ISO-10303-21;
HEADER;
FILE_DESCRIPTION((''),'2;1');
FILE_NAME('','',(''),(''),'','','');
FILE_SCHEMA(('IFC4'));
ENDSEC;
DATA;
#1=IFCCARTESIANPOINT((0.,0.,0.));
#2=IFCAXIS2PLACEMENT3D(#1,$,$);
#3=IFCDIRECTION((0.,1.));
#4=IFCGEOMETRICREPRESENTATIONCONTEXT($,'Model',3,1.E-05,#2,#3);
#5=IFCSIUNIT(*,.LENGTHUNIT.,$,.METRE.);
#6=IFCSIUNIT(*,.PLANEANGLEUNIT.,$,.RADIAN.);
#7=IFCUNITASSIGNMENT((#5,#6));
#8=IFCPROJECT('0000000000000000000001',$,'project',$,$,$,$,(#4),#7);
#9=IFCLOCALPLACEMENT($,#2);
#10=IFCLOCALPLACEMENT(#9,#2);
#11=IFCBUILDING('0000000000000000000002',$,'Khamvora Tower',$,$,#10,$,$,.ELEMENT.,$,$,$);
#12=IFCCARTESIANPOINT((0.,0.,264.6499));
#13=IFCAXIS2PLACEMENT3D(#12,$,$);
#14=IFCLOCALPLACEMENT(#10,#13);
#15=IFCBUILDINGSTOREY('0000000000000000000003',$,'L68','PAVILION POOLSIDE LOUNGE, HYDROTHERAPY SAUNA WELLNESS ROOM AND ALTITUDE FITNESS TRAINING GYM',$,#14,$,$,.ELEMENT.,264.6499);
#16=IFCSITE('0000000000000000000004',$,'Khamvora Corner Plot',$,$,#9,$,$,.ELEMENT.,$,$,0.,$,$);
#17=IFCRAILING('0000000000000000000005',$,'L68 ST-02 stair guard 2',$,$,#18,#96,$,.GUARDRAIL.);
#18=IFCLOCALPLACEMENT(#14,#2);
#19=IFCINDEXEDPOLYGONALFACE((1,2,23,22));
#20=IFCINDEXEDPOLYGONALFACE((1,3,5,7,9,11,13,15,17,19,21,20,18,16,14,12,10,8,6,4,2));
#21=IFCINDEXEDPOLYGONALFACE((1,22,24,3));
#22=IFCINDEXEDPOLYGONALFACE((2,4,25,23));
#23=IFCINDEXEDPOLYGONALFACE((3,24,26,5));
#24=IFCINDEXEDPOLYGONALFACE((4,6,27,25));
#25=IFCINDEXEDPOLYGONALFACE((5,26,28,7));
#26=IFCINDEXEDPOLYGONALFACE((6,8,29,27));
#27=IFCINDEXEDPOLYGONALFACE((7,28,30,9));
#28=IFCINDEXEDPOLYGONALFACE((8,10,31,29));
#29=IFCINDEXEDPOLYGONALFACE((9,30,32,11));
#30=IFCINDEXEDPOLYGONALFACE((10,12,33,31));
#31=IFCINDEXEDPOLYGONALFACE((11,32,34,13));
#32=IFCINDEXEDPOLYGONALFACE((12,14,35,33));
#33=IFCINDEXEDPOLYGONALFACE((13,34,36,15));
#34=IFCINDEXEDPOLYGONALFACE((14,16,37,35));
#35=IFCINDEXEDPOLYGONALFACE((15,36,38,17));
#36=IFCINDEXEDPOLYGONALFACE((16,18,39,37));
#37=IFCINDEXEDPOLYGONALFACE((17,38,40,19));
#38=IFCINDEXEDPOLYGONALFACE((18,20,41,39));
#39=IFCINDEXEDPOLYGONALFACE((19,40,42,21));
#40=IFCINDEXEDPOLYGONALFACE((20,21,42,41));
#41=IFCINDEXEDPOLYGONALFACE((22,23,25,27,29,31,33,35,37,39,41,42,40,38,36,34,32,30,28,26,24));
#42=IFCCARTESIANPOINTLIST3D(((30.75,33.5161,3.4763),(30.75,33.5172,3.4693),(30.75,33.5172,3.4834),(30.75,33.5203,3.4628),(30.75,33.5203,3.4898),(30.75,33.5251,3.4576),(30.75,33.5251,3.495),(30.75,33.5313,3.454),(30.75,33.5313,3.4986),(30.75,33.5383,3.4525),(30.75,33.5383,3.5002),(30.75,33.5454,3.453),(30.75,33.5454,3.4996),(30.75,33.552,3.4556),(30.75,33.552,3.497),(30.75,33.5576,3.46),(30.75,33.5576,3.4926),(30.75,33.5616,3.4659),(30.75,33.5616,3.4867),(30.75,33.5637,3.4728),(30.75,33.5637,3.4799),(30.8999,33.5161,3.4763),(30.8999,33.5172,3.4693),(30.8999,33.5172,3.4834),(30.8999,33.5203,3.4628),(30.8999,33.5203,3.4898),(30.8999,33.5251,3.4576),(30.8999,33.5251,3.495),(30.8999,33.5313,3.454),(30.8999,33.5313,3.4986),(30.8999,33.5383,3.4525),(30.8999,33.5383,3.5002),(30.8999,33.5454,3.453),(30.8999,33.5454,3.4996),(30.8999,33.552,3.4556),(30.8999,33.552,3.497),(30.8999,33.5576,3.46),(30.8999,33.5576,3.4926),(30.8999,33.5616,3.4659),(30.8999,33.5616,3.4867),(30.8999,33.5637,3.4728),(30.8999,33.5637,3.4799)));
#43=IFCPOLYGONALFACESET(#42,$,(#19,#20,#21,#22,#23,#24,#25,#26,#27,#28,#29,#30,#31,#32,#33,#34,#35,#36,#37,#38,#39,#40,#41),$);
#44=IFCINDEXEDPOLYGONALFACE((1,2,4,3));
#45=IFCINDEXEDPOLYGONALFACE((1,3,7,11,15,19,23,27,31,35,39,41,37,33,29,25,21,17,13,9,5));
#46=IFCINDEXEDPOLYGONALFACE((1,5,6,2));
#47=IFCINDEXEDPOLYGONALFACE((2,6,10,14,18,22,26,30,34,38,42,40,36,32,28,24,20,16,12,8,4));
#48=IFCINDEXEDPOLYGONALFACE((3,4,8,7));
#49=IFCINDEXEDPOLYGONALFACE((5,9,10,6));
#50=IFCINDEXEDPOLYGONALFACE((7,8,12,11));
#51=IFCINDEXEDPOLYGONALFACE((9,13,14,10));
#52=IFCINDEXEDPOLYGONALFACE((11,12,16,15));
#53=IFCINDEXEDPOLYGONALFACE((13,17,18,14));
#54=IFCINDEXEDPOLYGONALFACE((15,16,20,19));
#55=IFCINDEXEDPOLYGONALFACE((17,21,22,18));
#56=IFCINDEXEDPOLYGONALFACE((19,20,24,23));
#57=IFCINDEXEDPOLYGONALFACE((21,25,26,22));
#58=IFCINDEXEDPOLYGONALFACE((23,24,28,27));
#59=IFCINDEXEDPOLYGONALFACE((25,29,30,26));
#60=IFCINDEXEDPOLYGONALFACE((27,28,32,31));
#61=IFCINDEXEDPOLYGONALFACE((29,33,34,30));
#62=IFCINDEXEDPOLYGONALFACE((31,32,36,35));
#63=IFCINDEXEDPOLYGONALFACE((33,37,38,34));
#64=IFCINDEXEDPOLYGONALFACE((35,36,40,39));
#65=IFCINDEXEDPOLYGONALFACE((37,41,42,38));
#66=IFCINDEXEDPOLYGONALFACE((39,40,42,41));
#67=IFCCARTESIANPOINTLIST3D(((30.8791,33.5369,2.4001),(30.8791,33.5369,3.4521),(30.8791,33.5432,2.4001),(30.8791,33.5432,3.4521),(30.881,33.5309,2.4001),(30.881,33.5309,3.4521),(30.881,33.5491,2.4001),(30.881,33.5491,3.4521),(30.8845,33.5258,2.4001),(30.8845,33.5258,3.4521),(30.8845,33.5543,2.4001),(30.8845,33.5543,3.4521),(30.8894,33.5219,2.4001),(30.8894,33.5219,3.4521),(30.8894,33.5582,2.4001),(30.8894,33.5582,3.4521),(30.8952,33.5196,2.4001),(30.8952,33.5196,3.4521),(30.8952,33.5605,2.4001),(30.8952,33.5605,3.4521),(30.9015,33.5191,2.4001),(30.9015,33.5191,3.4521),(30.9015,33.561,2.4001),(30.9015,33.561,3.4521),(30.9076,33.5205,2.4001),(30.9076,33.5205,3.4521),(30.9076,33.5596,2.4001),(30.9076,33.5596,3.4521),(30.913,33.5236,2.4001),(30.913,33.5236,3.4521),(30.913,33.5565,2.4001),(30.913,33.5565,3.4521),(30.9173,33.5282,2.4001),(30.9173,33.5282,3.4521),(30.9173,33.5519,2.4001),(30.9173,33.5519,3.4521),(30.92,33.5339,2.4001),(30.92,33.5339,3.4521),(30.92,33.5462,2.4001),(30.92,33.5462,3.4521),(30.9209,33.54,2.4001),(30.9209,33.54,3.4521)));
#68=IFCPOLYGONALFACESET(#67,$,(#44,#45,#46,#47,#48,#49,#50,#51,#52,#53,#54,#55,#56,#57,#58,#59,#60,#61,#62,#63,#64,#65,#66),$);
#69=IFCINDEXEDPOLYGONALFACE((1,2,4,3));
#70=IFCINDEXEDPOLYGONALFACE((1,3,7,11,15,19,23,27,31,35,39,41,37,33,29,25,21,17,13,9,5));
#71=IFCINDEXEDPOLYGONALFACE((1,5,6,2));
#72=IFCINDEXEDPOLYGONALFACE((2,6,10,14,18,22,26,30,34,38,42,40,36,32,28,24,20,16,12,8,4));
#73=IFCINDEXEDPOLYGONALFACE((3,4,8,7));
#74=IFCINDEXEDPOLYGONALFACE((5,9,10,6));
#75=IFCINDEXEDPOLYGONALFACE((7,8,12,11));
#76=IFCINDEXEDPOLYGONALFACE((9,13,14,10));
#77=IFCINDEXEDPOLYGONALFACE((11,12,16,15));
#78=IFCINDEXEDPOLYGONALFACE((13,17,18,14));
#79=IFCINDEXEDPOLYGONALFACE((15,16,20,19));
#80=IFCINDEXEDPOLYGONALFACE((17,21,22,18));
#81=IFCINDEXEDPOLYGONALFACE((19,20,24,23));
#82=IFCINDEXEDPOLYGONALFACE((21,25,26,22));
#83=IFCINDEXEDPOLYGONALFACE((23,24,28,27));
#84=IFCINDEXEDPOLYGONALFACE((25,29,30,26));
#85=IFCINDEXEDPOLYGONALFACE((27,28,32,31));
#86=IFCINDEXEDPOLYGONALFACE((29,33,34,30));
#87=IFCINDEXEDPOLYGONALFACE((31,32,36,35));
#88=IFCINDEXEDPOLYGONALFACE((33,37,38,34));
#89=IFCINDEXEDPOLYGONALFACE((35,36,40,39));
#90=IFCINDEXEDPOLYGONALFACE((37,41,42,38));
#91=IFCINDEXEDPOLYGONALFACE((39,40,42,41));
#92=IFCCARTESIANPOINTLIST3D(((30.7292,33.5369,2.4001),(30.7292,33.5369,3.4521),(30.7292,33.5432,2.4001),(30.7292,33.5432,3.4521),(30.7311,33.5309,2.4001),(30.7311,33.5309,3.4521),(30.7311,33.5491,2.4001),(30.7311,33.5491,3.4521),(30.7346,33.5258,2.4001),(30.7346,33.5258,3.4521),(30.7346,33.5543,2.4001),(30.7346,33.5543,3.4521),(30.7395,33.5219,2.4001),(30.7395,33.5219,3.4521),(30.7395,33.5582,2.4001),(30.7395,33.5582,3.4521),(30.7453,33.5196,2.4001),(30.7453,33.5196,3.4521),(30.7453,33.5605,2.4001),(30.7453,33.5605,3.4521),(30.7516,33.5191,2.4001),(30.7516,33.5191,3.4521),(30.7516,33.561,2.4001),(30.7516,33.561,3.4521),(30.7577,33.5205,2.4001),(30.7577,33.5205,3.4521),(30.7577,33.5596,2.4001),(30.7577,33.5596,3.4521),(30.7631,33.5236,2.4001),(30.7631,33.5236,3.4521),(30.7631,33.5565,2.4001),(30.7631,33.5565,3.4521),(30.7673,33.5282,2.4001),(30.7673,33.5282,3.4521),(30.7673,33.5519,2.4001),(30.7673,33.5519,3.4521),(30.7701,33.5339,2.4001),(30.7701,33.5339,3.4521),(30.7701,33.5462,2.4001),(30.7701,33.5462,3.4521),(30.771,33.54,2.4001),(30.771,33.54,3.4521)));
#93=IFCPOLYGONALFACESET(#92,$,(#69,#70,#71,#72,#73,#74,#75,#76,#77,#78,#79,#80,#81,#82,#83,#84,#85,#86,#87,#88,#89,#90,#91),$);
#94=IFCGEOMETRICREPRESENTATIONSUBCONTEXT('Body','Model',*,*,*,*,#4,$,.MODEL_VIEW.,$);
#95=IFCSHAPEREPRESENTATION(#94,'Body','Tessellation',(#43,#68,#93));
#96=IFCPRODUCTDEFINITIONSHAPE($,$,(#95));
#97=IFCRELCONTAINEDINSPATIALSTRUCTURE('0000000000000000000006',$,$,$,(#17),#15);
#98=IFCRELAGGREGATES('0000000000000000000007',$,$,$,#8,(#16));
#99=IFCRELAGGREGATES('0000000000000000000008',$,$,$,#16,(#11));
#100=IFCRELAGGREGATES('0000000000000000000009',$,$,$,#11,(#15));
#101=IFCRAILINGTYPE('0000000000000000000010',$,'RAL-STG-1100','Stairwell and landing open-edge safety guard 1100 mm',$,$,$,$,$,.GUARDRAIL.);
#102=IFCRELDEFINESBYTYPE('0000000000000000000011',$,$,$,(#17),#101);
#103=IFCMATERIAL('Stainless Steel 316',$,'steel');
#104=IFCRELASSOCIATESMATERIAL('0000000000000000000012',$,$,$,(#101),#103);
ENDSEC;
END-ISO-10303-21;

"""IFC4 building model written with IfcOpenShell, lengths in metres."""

from ifc_helpers import new_model, si_unit, direction, frame, origin, origin_2d, place, context, subcontext, project, spatial, circle, extrude, material, type_object, element, save


model = new_model("IFC4")

# Units and contexts
model_context = context("Model", 3, precision=1e-05, world=origin(), true_north=direction((0.0, 1.0)))
body_context = subcontext(model_context, "Body", "Model", "MODEL_VIEW")
ifc_project = project(units=[si_unit("LENGTHUNIT", "METRE"), si_unit("PLANEANGLEUNIT", "RADIAN")], contexts=[model_context])

# Site, building, storey
site_placement = place(None, origin())
site = spatial("IfcSite", under=ifc_project, at=site_placement, Name="Khamvora Corner Plot", CompositionType="ELEMENT", RefElevation=0.0)
building_placement = place(site_placement, origin())
building = spatial("IfcBuilding", under=site, at=building_placement, Name="Khamvora Tower", CompositionType="ELEMENT")
storey_placement = place(building_placement, frame((0.0, 0.0, 264.6499)))
storey = spatial("IfcBuildingStorey", under=building, at=storey_placement, Name="L68", Description="PAVILION POOLSIDE LOUNGE, HYDROTHERAPY SAUNA WELLNESS ROOM AND ALTITUDE FITNESS TRAINING GYM", CompositionType="ELEMENT", Elevation=264.6499)

# Railing
ifc_material_1 = material(Name="Stainless Steel 316", Category="steel")
railing_type_1 = type_object("IfcRailingType", Name="RAL-STG-1100", Description="Stairwell and landing open-edge safety guard 1100 mm", PredefinedType="GUARDRAIL", material=ifc_material_1)
railing_1_placement = place(storey_placement, frame((30.8999, 33.54, 2.4001)))
element("IfcRailing", 1, at=railing_1_placement, inside=storey, type_object=railing_type_1, Name="L68 ST-02 stair guard 2", PredefinedType="GUARDRAIL", context=body_context, shape_type="SweptSolid", body=[
    extrude(circle(Radius=0.0239, at=origin_2d()), frame((0.0, 0.0, 1.0762), z_axis=(-1.0, 0.0, 0.0), x_axis=(0.0, -1.0, 0.0)), (0.0, 0.0, 1.0), 0.1499),
    extrude(circle(Radius=0.021, at=origin_2d()), origin(), (0.0, 0.0, 1.0), 1.052),
    extrude(circle(Radius=0.021, at=origin_2d()), frame((-0.1499, 0.0, 0.0)), (0.0, 0.0, 1.0), 1.052),
])

save(model, "model.ifc")
